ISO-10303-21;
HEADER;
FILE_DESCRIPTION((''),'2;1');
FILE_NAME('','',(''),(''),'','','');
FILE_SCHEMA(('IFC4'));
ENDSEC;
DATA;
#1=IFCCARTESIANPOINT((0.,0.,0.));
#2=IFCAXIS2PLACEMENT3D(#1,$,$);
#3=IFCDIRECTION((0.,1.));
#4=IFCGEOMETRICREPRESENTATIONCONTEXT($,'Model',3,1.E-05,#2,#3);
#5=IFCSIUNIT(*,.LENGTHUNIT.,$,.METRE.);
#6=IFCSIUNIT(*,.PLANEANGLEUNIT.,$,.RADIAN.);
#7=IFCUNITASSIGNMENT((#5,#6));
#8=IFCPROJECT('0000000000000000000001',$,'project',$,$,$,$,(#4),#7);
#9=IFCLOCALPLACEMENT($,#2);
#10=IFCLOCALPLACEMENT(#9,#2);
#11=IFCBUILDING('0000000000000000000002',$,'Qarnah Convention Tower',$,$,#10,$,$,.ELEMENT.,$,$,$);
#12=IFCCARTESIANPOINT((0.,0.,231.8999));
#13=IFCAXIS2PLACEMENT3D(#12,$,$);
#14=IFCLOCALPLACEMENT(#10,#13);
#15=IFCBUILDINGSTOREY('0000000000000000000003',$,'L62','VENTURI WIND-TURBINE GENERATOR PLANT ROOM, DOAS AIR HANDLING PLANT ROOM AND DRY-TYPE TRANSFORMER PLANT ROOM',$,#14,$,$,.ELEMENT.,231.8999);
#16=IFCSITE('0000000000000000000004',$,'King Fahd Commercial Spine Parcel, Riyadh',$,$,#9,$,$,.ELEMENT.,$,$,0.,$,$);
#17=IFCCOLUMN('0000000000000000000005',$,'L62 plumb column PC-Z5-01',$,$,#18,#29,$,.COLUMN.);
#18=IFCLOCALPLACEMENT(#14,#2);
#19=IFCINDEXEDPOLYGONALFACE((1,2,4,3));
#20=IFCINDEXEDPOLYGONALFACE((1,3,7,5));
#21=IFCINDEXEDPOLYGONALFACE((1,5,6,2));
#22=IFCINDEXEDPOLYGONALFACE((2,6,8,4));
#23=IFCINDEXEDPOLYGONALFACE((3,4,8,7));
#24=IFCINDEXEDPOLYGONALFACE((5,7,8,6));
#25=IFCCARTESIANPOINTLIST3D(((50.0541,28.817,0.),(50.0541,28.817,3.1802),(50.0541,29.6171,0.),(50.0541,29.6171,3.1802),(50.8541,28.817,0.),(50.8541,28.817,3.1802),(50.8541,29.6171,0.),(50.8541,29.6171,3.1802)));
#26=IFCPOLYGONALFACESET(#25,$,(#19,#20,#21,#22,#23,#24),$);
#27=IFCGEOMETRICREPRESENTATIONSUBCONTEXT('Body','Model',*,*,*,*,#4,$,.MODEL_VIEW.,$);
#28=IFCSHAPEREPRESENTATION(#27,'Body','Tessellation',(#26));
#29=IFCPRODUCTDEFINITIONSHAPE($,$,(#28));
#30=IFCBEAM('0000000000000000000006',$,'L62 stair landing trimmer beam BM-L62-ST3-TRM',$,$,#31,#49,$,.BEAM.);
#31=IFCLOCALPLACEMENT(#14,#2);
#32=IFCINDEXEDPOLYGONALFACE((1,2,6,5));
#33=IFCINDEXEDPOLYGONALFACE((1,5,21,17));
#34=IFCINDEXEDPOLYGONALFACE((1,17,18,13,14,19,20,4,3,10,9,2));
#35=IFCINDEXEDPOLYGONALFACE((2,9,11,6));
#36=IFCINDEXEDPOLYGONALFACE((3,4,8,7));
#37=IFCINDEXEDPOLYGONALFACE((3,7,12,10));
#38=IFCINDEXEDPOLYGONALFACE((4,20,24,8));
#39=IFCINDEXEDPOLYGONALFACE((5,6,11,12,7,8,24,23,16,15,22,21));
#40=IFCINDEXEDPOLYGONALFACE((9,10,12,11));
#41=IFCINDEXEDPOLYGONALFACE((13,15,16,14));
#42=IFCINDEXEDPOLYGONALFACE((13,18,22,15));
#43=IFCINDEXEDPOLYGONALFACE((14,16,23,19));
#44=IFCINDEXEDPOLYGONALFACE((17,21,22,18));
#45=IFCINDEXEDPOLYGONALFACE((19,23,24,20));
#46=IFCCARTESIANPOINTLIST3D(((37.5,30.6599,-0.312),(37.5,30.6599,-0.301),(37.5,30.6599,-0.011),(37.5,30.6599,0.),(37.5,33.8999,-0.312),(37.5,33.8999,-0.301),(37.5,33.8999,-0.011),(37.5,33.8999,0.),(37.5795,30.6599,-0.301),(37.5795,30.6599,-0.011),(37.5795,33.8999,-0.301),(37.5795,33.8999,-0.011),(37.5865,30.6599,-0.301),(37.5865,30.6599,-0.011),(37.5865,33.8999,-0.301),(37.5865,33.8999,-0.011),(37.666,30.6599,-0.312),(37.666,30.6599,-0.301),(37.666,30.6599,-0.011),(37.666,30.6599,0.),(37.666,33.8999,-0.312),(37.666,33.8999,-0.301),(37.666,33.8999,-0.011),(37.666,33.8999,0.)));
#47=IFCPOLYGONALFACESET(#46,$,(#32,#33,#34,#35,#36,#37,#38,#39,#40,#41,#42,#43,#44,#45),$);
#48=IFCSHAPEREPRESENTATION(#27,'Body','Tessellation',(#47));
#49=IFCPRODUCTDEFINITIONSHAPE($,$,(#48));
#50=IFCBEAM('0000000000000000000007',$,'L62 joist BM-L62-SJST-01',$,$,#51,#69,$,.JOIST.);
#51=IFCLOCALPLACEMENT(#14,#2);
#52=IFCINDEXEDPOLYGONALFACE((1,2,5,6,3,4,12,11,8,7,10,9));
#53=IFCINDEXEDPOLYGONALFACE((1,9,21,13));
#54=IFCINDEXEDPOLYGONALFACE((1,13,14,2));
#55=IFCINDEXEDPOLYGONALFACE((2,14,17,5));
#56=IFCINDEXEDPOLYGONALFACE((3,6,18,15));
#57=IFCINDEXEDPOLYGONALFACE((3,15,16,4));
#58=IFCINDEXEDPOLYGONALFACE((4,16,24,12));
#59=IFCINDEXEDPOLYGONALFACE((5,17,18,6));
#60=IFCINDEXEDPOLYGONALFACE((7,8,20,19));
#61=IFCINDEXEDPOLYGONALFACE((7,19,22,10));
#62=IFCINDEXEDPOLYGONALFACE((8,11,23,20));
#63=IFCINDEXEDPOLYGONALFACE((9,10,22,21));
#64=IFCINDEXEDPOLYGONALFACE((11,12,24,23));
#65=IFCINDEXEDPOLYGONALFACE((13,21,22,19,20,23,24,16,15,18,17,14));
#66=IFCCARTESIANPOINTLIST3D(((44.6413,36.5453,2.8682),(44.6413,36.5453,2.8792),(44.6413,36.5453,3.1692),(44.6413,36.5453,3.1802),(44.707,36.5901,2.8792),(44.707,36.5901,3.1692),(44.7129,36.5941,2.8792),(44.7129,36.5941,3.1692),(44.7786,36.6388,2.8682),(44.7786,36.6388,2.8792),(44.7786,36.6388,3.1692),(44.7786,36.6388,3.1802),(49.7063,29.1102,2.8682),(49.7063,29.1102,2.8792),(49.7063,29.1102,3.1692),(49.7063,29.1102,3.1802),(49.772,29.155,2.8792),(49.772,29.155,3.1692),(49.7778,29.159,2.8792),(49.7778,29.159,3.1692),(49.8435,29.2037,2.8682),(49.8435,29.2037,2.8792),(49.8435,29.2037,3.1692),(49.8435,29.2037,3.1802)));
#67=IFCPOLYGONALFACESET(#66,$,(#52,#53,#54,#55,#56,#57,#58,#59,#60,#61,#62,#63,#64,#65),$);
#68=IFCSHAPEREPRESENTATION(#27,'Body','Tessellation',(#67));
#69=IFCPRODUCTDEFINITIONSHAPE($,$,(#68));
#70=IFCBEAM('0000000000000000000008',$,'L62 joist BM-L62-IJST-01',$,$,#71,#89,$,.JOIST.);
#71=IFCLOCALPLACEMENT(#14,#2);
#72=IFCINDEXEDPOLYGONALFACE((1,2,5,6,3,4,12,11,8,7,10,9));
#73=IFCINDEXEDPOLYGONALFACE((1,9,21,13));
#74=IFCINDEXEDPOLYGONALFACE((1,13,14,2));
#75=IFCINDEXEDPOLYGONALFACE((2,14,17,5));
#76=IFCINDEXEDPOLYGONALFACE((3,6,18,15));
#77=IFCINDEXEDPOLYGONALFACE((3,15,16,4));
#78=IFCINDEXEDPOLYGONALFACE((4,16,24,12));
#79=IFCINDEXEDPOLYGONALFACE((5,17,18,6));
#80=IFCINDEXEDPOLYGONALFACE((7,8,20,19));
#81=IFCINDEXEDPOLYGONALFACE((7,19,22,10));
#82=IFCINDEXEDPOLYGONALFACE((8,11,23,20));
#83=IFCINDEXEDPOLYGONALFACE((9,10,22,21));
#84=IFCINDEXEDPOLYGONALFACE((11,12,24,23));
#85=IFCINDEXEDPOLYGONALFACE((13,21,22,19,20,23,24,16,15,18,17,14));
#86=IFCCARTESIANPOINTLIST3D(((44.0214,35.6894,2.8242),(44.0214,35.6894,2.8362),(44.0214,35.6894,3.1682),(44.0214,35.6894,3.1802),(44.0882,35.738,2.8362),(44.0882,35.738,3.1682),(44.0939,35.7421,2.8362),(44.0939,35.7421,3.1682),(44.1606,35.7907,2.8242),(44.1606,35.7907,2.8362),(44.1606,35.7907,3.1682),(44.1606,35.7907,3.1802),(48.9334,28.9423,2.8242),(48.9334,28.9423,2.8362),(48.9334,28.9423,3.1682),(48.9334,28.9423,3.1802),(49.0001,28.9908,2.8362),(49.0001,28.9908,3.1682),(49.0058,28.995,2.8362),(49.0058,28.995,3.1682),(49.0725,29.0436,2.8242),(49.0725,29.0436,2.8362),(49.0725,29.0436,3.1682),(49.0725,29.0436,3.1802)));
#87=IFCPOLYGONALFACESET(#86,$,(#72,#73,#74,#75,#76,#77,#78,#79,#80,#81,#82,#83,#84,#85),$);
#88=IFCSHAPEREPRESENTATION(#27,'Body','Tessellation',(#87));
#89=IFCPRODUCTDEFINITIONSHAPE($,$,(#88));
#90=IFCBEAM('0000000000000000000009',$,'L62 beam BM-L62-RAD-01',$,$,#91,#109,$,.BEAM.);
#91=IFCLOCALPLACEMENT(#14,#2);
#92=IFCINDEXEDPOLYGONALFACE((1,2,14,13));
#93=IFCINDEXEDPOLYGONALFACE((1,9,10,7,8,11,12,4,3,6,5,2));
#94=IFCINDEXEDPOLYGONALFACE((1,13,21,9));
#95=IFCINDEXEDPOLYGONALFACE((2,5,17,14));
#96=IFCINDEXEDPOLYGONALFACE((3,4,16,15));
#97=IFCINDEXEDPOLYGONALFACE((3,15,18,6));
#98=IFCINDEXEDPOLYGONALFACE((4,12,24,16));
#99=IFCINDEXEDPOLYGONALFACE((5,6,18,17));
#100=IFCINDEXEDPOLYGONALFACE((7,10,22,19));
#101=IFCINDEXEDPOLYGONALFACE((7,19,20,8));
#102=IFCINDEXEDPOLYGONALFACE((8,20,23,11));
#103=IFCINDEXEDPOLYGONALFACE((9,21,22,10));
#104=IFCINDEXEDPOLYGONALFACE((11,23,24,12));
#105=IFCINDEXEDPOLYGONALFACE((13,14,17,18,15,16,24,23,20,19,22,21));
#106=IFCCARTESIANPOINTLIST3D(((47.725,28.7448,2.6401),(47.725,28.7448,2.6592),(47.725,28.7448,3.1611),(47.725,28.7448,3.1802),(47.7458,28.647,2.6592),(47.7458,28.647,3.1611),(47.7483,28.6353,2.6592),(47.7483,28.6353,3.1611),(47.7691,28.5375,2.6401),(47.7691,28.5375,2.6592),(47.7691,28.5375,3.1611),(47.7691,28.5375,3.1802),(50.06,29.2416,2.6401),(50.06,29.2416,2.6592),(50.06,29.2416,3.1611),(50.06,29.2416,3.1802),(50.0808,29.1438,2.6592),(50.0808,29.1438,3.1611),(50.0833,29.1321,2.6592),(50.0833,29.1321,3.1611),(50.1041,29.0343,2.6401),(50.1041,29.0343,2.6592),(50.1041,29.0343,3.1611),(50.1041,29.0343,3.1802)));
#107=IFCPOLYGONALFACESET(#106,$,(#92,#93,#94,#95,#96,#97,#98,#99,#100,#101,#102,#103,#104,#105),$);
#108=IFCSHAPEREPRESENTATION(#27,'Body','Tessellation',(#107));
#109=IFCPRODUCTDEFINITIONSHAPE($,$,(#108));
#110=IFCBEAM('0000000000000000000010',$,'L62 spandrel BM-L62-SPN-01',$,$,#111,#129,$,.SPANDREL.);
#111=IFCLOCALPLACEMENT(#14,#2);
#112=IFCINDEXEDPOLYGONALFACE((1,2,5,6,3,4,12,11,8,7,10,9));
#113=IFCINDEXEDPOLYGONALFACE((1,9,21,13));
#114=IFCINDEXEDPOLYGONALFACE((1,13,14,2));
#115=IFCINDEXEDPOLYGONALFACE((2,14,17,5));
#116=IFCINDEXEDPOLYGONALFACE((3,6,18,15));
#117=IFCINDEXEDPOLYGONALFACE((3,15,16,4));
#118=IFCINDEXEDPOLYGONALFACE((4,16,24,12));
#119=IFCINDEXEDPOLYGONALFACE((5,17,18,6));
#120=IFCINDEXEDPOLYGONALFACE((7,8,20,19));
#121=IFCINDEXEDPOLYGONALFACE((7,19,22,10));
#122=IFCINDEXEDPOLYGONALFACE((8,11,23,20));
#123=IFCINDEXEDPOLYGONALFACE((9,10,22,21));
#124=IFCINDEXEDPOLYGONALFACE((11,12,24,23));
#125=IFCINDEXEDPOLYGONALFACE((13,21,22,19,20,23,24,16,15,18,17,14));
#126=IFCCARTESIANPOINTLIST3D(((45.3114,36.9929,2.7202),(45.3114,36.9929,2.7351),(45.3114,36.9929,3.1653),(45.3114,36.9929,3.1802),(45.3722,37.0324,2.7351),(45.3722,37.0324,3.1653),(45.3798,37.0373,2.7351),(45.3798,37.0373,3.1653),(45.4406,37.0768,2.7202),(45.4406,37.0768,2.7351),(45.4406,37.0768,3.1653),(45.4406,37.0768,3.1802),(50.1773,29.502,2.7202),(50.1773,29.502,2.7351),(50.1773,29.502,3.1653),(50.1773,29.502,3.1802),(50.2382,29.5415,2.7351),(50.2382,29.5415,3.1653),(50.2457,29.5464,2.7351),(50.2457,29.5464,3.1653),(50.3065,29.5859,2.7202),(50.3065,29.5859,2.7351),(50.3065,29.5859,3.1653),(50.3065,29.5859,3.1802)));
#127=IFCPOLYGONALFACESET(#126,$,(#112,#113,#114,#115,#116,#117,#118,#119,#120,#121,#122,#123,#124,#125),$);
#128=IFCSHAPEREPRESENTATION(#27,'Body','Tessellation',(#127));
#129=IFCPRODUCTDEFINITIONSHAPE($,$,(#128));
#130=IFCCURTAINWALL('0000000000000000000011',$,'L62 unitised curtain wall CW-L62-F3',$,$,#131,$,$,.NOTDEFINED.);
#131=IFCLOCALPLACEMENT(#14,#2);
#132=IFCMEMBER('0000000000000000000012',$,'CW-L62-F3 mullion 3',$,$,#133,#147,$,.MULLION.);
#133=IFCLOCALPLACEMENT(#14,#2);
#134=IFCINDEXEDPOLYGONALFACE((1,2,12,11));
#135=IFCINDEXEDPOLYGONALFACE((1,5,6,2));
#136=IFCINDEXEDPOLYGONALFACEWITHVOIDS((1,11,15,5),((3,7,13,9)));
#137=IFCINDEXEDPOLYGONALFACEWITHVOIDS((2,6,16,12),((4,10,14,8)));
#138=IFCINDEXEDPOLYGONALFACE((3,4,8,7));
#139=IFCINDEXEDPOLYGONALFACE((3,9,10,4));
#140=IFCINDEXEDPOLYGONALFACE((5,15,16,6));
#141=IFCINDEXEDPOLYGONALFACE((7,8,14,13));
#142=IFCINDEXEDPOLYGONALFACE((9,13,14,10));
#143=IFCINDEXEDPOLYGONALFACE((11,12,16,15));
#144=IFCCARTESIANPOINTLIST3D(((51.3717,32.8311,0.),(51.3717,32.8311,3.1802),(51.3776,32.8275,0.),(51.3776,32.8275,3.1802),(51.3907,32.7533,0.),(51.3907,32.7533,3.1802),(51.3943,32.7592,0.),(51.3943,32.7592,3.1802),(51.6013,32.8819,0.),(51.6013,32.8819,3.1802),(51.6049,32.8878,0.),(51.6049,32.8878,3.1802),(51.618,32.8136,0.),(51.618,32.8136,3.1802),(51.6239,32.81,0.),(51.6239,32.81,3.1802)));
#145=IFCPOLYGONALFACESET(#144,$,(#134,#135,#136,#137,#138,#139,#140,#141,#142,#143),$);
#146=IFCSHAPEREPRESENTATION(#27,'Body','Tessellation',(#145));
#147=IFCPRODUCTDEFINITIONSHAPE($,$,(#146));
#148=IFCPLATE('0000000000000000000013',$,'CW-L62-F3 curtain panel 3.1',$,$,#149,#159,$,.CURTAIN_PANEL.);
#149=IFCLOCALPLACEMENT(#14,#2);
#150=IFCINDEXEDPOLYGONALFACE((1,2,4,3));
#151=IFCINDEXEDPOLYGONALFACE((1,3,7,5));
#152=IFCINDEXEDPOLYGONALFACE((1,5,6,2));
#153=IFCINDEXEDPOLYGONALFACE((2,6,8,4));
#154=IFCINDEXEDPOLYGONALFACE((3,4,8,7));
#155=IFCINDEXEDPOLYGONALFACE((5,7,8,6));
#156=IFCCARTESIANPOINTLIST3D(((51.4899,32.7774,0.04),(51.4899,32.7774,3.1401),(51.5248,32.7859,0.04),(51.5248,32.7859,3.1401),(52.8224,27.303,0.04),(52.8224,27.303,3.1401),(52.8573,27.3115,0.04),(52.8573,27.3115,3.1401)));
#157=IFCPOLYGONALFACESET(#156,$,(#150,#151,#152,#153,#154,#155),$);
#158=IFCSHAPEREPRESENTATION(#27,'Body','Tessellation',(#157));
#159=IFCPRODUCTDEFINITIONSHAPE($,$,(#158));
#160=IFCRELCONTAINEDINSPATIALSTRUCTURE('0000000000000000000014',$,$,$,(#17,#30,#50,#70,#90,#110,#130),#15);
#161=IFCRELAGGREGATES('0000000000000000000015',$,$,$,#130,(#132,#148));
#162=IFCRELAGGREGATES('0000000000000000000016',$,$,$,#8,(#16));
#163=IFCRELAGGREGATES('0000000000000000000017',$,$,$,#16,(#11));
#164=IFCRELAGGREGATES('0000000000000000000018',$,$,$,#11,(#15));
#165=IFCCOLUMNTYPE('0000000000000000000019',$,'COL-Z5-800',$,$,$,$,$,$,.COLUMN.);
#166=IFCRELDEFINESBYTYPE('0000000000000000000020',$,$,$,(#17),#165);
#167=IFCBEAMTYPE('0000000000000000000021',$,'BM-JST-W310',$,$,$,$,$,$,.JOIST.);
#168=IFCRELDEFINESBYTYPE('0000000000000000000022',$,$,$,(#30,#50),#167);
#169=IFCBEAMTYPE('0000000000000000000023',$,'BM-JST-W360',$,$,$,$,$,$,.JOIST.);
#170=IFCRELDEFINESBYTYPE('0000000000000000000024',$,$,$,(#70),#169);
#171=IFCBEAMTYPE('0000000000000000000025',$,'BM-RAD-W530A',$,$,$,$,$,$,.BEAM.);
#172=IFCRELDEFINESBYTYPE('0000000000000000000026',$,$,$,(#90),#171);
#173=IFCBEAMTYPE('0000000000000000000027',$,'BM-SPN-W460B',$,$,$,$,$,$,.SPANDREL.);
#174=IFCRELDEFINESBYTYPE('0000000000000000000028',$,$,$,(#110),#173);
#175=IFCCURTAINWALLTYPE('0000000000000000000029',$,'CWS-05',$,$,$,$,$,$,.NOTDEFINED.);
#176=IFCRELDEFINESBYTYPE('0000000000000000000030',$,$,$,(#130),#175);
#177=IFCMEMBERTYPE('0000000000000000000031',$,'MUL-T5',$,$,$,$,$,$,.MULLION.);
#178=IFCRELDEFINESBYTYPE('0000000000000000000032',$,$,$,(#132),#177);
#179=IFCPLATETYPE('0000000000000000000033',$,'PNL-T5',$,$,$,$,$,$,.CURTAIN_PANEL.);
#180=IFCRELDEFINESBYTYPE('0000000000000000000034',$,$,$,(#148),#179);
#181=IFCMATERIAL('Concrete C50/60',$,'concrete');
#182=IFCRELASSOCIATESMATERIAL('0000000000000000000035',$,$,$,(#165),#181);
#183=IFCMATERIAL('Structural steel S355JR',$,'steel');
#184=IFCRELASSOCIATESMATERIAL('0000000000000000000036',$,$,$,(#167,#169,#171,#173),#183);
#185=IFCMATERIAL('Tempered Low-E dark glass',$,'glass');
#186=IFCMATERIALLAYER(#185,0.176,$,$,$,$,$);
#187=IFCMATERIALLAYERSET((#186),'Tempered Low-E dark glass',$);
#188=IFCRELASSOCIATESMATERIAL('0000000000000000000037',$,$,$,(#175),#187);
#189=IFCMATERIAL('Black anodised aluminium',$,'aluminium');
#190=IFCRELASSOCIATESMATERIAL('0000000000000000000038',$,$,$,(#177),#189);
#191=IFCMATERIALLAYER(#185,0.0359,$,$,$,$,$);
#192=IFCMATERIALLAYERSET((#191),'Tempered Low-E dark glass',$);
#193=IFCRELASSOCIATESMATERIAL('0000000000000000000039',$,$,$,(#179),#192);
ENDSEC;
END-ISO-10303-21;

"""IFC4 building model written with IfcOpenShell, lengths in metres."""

from ifc_helpers import new_model, si_unit, direction, frame, origin, origin_2d, place, context, subcontext, project, spatial, rectangle, hollow_rectangle, i_section, extrude, material, layer, layer_set, material_profile, profile_set, type_object, element, aggregate, save


model = new_model("IFC4")

# Units and contexts
model_context = context("Model", 3, precision=1e-05, world=origin(), true_north=direction((0.0, 1.0)))
body_context = subcontext(model_context, "Body", "Model", "MODEL_VIEW")
ifc_project = project(units=[si_unit("LENGTHUNIT", "METRE"), si_unit("PLANEANGLEUNIT", "RADIAN")], contexts=[model_context])

# Site, building, storey
site_placement = place(None, origin())
site = spatial("IfcSite", under=ifc_project, at=site_placement, Name="King Fahd Commercial Spine Parcel, Riyadh", CompositionType="ELEMENT", RefElevation=0.0)
building_placement = place(site_placement, origin())
building = spatial("IfcBuilding", under=site, at=building_placement, Name="Qarnah Convention Tower", CompositionType="ELEMENT")
storey_placement = place(building_placement, frame((0.0, 0.0, 231.8999)))
storey = spatial("IfcBuildingStorey", under=building, at=storey_placement, Name="L62", Description="VENTURI WIND-TURBINE GENERATOR PLANT ROOM, DOAS AIR HANDLING PLANT ROOM AND DRY-TYPE TRANSFORMER PLANT ROOM", CompositionType="ELEMENT", Elevation=231.8999)

# Column
ifc_material_1 = material(Name="Concrete C50/60", Category="concrete")
ifc_material_profile_1 = material_profile(ifc_material_1, rectangle(XDim=0.8, YDim=0.8, at=origin_2d()), Name="RC-COL-800X800")
ifc_profile_set_1 = profile_set([ifc_material_profile_1], Name="Concrete C50/60")
column_type = type_object("IfcColumnType", Name="COL-Z5-800", PredefinedType="COLUMN", material=ifc_profile_set_1)
column_placement = place(storey_placement, frame((50.4541, 29.217, 0.0), z_axis=(0.0, 0.0, 1.0), x_axis=(1.0, 0.0, 0.0)))
element("IfcColumn", 1, at=column_placement, inside=storey, type_object=column_type, Name="L62 plumb column PC-Z5-01", PredefinedType="COLUMN", context=body_context, shape_type="SweptSolid", body=[
    extrude(rectangle(XDim=0.8, YDim=0.8, at=origin_2d()), origin(), (0.0, 0.0, 1.0), 3.1802),
])

# Beams
ifc_material_2 = material(Name="Structural steel S355JR", Category="steel")
ifc_material_profile_2 = material_profile(ifc_material_2, i_section(OverallWidth=0.166, OverallDepth=0.312, WebThickness=0.0071, FlangeThickness=0.011, at=origin_2d()), Name="W310X45")
ifc_profile_set_2 = profile_set([ifc_material_profile_2], Name="Structural steel S355JR")
beam_type_1 = type_object("IfcBeamType", Name="BM-JST-W310", PredefinedType="JOIST", material=ifc_profile_set_2)
beam_1_placement = place(storey_placement, frame((37.583, 30.6599, -0.156), z_axis=(0.0, 1.0, 0.0), x_axis=(-1.0, 0.0, 0.0)))
element("IfcBeam", 2, at=beam_1_placement, inside=storey, type_object=beam_type_1, Name="L62 stair landing trimmer beam BM-L62-ST3-TRM", PredefinedType="BEAM", context=body_context, shape_type="SweptSolid", body=[
    extrude(i_section(OverallWidth=0.166, OverallDepth=0.312, WebThickness=0.0071, FlangeThickness=0.011, at=origin_2d()), origin(), (0.0, 0.0, 1.0), 3.24),
])
beam_2_placement = place(storey_placement, frame((49.7749, 29.157, 3.0242), z_axis=(-0.563002, 0.826456, 0.0), x_axis=(-0.826456, -0.563002, 0.0)))
element("IfcBeam", 3, at=beam_2_placement, inside=storey, type_object=beam_type_1, Name="L62 joist BM-L62-SJST-01", PredefinedType="JOIST", context=body_context, shape_type="SweptSolid", body=[
    extrude(i_section(OverallWidth=0.166, OverallDepth=0.312, WebThickness=0.0071, FlangeThickness=0.011, at=origin_2d()), origin(), (0.0, 0.0, 1.0), 8.9963),
])
ifc_material_profile_3 = material_profile(ifc_material_2, i_section(OverallWidth=0.1721, OverallDepth=0.356, WebThickness=0.0071, FlangeThickness=0.012, at=origin_2d()), Name="W360X51")
ifc_profile_set_3 = profile_set([ifc_material_profile_3], Name="Structural steel S355JR")
beam_type_2 = type_object("IfcBeamType", Name="BM-JST-W360", PredefinedType="JOIST", material=ifc_profile_set_3)
beam_3_placement = place(storey_placement, frame((49.0029, 28.9929, 3.0022), z_axis=(-0.588556, 0.808456, 0.0), x_axis=(-0.808456, -0.588556, 0.0)))
element("IfcBeam", 4, at=beam_3_placement, inside=storey, type_object=beam_type_2, Name="L62 joist BM-L62-IJST-01", PredefinedType="JOIST", context=body_context, shape_type="SweptSolid", body=[
    extrude(i_section(OverallWidth=0.1721, OverallDepth=0.356, WebThickness=0.0071, FlangeThickness=0.012, at=origin_2d()), origin(), (0.0, 0.0, 1.0), 8.3457),
])
ifc_material_profile_4 = material_profile(ifc_material_2, i_section(OverallWidth=0.2119, OverallDepth=0.54, WebThickness=0.012, FlangeThickness=0.019, at=origin_2d()), Name="W530X109")
ifc_profile_set_4 = profile_set([ifc_material_profile_4], Name="Structural steel S355JR")
beam_type_3 = type_object("IfcBeamType", Name="BM-RAD-W530A", PredefinedType="BEAM", material=ifc_profile_set_4)
beam_4_placement = place(storey_placement, frame((47.7471, 28.6411, 2.9102), z_axis=(0.978104, 0.208118, 0.0), x_axis=(-0.208118, 0.978104, 0.0)))
element("IfcBeam", 5, at=beam_4_placement, inside=storey, type_object=beam_type_3, Name="L62 beam BM-L62-RAD-01", PredefinedType="BEAM", context=body_context, shape_type="SweptSolid", body=[
    extrude(i_section(OverallWidth=0.2119, OverallDepth=0.54, WebThickness=0.012, FlangeThickness=0.019, at=origin_2d()), origin(), (0.0, 0.0, 1.0), 2.3872),
])
ifc_material_profile_5 = material_profile(ifc_material_2, i_section(OverallWidth=0.1541, OverallDepth=0.46, WebThickness=0.009, FlangeThickness=0.0149, at=origin_2d()), Name="W460X68")
ifc_profile_set_5 = profile_set([ifc_material_profile_5], Name="Structural steel S355JR")
beam_type_4 = type_object("IfcBeamType", Name="BM-SPN-W460B", PredefinedType="SPANDREL", material=ifc_profile_set_5)
beam_5_placement = place(storey_placement, frame((50.2419, 29.5439, 2.9502), z_axis=(-0.54474, 0.838605, 0.0), x_axis=(-0.838605, -0.54474, 0.0)))
element("IfcBeam", 6, at=beam_5_placement, inside=storey, type_object=beam_type_4, Name="L62 spandrel BM-L62-SPN-01", PredefinedType="SPANDREL", context=body_context, shape_type="SweptSolid", body=[
    extrude(i_section(OverallWidth=0.1541, OverallDepth=0.46, WebThickness=0.009, FlangeThickness=0.0149, at=origin_2d()), origin(), (0.0, 0.0, 1.0), 8.9326),
])

# Curtain wall, member, plate
ifc_material_3 = material(Name="Tempered Low-E dark glass", Category="glass")
ifc_layer_1 = layer(ifc_material_3, 0.176)
ifc_layer_set_1 = layer_set([ifc_layer_1], Name="Tempered Low-E dark glass")
curtain_wall_type = type_object("IfcCurtainWallType", Name="CWS-05", PredefinedType="NOTDEFINED", material=ifc_layer_set_1)
curtain_wall_placement = place(storey_placement, origin())
curtain_wall = element("IfcCurtainWall", 7, at=curtain_wall_placement, inside=storey, type_object=curtain_wall_type, Name="L62 unitised curtain wall CW-L62-F3", PredefinedType="NOTDEFINED")
ifc_material_4 = material(Name="Black anodised aluminium", Category="aluminium")
ifc_material_profile_6 = material_profile(ifc_material_4, hollow_rectangle(XDim=0.0801, YDim=0.24, WallThickness=0.0049, at=origin_2d()), Name="MUL-80X240")
ifc_profile_set_6 = profile_set([ifc_material_profile_6], Name="Black anodised aluminium")
member_type = type_object("IfcMemberType", Name="MUL-T5", PredefinedType="MULLION", material=ifc_profile_set_6)
member_placement = place(storey_placement, frame((51.4978, 32.8206, 0.0), z_axis=(0.0, 0.0, 1.0), x_axis=(0.236494, -0.971633, 0.0)))
member = element("IfcMember", 8, at=member_placement, type_object=member_type, Name="CW-L62-F3 mullion 3", PredefinedType="MULLION", context=body_context, shape_type="SweptSolid", body=[
    extrude(hollow_rectangle(XDim=0.0801, YDim=0.24, WallThickness=0.0049, at=origin_2d()), origin(), (0.0, 0.0, 1.0), 3.1802),
])
ifc_layer_2 = layer(ifc_material_3, 0.0359)
ifc_layer_set_2 = layer_set([ifc_layer_2], Name="Tempered Low-E dark glass")
plate_type = type_object("IfcPlateType", Name="PNL-T5", PredefinedType="CURTAIN_PANEL", material=ifc_layer_set_2)
plate_placement = place(storey_placement, frame((52.1736, 30.0444, 0.04), z_axis=(0.0, 0.0, 1.0), x_axis=(0.236494, -0.971633, 0.0)))
plate = element("IfcPlate", 9, at=plate_placement, type_object=plate_type, Name="CW-L62-F3 curtain panel 3.1", PredefinedType="CURTAIN_PANEL", context=body_context, shape_type="SweptSolid", body=[
    extrude(rectangle(XDim=5.6343, YDim=0.0359, at=origin_2d()), origin(), (0.0, 0.0, 1.0), 3.1001),
])
aggregate(curtain_wall, [member, plate])

save(model, "model.ifc")
